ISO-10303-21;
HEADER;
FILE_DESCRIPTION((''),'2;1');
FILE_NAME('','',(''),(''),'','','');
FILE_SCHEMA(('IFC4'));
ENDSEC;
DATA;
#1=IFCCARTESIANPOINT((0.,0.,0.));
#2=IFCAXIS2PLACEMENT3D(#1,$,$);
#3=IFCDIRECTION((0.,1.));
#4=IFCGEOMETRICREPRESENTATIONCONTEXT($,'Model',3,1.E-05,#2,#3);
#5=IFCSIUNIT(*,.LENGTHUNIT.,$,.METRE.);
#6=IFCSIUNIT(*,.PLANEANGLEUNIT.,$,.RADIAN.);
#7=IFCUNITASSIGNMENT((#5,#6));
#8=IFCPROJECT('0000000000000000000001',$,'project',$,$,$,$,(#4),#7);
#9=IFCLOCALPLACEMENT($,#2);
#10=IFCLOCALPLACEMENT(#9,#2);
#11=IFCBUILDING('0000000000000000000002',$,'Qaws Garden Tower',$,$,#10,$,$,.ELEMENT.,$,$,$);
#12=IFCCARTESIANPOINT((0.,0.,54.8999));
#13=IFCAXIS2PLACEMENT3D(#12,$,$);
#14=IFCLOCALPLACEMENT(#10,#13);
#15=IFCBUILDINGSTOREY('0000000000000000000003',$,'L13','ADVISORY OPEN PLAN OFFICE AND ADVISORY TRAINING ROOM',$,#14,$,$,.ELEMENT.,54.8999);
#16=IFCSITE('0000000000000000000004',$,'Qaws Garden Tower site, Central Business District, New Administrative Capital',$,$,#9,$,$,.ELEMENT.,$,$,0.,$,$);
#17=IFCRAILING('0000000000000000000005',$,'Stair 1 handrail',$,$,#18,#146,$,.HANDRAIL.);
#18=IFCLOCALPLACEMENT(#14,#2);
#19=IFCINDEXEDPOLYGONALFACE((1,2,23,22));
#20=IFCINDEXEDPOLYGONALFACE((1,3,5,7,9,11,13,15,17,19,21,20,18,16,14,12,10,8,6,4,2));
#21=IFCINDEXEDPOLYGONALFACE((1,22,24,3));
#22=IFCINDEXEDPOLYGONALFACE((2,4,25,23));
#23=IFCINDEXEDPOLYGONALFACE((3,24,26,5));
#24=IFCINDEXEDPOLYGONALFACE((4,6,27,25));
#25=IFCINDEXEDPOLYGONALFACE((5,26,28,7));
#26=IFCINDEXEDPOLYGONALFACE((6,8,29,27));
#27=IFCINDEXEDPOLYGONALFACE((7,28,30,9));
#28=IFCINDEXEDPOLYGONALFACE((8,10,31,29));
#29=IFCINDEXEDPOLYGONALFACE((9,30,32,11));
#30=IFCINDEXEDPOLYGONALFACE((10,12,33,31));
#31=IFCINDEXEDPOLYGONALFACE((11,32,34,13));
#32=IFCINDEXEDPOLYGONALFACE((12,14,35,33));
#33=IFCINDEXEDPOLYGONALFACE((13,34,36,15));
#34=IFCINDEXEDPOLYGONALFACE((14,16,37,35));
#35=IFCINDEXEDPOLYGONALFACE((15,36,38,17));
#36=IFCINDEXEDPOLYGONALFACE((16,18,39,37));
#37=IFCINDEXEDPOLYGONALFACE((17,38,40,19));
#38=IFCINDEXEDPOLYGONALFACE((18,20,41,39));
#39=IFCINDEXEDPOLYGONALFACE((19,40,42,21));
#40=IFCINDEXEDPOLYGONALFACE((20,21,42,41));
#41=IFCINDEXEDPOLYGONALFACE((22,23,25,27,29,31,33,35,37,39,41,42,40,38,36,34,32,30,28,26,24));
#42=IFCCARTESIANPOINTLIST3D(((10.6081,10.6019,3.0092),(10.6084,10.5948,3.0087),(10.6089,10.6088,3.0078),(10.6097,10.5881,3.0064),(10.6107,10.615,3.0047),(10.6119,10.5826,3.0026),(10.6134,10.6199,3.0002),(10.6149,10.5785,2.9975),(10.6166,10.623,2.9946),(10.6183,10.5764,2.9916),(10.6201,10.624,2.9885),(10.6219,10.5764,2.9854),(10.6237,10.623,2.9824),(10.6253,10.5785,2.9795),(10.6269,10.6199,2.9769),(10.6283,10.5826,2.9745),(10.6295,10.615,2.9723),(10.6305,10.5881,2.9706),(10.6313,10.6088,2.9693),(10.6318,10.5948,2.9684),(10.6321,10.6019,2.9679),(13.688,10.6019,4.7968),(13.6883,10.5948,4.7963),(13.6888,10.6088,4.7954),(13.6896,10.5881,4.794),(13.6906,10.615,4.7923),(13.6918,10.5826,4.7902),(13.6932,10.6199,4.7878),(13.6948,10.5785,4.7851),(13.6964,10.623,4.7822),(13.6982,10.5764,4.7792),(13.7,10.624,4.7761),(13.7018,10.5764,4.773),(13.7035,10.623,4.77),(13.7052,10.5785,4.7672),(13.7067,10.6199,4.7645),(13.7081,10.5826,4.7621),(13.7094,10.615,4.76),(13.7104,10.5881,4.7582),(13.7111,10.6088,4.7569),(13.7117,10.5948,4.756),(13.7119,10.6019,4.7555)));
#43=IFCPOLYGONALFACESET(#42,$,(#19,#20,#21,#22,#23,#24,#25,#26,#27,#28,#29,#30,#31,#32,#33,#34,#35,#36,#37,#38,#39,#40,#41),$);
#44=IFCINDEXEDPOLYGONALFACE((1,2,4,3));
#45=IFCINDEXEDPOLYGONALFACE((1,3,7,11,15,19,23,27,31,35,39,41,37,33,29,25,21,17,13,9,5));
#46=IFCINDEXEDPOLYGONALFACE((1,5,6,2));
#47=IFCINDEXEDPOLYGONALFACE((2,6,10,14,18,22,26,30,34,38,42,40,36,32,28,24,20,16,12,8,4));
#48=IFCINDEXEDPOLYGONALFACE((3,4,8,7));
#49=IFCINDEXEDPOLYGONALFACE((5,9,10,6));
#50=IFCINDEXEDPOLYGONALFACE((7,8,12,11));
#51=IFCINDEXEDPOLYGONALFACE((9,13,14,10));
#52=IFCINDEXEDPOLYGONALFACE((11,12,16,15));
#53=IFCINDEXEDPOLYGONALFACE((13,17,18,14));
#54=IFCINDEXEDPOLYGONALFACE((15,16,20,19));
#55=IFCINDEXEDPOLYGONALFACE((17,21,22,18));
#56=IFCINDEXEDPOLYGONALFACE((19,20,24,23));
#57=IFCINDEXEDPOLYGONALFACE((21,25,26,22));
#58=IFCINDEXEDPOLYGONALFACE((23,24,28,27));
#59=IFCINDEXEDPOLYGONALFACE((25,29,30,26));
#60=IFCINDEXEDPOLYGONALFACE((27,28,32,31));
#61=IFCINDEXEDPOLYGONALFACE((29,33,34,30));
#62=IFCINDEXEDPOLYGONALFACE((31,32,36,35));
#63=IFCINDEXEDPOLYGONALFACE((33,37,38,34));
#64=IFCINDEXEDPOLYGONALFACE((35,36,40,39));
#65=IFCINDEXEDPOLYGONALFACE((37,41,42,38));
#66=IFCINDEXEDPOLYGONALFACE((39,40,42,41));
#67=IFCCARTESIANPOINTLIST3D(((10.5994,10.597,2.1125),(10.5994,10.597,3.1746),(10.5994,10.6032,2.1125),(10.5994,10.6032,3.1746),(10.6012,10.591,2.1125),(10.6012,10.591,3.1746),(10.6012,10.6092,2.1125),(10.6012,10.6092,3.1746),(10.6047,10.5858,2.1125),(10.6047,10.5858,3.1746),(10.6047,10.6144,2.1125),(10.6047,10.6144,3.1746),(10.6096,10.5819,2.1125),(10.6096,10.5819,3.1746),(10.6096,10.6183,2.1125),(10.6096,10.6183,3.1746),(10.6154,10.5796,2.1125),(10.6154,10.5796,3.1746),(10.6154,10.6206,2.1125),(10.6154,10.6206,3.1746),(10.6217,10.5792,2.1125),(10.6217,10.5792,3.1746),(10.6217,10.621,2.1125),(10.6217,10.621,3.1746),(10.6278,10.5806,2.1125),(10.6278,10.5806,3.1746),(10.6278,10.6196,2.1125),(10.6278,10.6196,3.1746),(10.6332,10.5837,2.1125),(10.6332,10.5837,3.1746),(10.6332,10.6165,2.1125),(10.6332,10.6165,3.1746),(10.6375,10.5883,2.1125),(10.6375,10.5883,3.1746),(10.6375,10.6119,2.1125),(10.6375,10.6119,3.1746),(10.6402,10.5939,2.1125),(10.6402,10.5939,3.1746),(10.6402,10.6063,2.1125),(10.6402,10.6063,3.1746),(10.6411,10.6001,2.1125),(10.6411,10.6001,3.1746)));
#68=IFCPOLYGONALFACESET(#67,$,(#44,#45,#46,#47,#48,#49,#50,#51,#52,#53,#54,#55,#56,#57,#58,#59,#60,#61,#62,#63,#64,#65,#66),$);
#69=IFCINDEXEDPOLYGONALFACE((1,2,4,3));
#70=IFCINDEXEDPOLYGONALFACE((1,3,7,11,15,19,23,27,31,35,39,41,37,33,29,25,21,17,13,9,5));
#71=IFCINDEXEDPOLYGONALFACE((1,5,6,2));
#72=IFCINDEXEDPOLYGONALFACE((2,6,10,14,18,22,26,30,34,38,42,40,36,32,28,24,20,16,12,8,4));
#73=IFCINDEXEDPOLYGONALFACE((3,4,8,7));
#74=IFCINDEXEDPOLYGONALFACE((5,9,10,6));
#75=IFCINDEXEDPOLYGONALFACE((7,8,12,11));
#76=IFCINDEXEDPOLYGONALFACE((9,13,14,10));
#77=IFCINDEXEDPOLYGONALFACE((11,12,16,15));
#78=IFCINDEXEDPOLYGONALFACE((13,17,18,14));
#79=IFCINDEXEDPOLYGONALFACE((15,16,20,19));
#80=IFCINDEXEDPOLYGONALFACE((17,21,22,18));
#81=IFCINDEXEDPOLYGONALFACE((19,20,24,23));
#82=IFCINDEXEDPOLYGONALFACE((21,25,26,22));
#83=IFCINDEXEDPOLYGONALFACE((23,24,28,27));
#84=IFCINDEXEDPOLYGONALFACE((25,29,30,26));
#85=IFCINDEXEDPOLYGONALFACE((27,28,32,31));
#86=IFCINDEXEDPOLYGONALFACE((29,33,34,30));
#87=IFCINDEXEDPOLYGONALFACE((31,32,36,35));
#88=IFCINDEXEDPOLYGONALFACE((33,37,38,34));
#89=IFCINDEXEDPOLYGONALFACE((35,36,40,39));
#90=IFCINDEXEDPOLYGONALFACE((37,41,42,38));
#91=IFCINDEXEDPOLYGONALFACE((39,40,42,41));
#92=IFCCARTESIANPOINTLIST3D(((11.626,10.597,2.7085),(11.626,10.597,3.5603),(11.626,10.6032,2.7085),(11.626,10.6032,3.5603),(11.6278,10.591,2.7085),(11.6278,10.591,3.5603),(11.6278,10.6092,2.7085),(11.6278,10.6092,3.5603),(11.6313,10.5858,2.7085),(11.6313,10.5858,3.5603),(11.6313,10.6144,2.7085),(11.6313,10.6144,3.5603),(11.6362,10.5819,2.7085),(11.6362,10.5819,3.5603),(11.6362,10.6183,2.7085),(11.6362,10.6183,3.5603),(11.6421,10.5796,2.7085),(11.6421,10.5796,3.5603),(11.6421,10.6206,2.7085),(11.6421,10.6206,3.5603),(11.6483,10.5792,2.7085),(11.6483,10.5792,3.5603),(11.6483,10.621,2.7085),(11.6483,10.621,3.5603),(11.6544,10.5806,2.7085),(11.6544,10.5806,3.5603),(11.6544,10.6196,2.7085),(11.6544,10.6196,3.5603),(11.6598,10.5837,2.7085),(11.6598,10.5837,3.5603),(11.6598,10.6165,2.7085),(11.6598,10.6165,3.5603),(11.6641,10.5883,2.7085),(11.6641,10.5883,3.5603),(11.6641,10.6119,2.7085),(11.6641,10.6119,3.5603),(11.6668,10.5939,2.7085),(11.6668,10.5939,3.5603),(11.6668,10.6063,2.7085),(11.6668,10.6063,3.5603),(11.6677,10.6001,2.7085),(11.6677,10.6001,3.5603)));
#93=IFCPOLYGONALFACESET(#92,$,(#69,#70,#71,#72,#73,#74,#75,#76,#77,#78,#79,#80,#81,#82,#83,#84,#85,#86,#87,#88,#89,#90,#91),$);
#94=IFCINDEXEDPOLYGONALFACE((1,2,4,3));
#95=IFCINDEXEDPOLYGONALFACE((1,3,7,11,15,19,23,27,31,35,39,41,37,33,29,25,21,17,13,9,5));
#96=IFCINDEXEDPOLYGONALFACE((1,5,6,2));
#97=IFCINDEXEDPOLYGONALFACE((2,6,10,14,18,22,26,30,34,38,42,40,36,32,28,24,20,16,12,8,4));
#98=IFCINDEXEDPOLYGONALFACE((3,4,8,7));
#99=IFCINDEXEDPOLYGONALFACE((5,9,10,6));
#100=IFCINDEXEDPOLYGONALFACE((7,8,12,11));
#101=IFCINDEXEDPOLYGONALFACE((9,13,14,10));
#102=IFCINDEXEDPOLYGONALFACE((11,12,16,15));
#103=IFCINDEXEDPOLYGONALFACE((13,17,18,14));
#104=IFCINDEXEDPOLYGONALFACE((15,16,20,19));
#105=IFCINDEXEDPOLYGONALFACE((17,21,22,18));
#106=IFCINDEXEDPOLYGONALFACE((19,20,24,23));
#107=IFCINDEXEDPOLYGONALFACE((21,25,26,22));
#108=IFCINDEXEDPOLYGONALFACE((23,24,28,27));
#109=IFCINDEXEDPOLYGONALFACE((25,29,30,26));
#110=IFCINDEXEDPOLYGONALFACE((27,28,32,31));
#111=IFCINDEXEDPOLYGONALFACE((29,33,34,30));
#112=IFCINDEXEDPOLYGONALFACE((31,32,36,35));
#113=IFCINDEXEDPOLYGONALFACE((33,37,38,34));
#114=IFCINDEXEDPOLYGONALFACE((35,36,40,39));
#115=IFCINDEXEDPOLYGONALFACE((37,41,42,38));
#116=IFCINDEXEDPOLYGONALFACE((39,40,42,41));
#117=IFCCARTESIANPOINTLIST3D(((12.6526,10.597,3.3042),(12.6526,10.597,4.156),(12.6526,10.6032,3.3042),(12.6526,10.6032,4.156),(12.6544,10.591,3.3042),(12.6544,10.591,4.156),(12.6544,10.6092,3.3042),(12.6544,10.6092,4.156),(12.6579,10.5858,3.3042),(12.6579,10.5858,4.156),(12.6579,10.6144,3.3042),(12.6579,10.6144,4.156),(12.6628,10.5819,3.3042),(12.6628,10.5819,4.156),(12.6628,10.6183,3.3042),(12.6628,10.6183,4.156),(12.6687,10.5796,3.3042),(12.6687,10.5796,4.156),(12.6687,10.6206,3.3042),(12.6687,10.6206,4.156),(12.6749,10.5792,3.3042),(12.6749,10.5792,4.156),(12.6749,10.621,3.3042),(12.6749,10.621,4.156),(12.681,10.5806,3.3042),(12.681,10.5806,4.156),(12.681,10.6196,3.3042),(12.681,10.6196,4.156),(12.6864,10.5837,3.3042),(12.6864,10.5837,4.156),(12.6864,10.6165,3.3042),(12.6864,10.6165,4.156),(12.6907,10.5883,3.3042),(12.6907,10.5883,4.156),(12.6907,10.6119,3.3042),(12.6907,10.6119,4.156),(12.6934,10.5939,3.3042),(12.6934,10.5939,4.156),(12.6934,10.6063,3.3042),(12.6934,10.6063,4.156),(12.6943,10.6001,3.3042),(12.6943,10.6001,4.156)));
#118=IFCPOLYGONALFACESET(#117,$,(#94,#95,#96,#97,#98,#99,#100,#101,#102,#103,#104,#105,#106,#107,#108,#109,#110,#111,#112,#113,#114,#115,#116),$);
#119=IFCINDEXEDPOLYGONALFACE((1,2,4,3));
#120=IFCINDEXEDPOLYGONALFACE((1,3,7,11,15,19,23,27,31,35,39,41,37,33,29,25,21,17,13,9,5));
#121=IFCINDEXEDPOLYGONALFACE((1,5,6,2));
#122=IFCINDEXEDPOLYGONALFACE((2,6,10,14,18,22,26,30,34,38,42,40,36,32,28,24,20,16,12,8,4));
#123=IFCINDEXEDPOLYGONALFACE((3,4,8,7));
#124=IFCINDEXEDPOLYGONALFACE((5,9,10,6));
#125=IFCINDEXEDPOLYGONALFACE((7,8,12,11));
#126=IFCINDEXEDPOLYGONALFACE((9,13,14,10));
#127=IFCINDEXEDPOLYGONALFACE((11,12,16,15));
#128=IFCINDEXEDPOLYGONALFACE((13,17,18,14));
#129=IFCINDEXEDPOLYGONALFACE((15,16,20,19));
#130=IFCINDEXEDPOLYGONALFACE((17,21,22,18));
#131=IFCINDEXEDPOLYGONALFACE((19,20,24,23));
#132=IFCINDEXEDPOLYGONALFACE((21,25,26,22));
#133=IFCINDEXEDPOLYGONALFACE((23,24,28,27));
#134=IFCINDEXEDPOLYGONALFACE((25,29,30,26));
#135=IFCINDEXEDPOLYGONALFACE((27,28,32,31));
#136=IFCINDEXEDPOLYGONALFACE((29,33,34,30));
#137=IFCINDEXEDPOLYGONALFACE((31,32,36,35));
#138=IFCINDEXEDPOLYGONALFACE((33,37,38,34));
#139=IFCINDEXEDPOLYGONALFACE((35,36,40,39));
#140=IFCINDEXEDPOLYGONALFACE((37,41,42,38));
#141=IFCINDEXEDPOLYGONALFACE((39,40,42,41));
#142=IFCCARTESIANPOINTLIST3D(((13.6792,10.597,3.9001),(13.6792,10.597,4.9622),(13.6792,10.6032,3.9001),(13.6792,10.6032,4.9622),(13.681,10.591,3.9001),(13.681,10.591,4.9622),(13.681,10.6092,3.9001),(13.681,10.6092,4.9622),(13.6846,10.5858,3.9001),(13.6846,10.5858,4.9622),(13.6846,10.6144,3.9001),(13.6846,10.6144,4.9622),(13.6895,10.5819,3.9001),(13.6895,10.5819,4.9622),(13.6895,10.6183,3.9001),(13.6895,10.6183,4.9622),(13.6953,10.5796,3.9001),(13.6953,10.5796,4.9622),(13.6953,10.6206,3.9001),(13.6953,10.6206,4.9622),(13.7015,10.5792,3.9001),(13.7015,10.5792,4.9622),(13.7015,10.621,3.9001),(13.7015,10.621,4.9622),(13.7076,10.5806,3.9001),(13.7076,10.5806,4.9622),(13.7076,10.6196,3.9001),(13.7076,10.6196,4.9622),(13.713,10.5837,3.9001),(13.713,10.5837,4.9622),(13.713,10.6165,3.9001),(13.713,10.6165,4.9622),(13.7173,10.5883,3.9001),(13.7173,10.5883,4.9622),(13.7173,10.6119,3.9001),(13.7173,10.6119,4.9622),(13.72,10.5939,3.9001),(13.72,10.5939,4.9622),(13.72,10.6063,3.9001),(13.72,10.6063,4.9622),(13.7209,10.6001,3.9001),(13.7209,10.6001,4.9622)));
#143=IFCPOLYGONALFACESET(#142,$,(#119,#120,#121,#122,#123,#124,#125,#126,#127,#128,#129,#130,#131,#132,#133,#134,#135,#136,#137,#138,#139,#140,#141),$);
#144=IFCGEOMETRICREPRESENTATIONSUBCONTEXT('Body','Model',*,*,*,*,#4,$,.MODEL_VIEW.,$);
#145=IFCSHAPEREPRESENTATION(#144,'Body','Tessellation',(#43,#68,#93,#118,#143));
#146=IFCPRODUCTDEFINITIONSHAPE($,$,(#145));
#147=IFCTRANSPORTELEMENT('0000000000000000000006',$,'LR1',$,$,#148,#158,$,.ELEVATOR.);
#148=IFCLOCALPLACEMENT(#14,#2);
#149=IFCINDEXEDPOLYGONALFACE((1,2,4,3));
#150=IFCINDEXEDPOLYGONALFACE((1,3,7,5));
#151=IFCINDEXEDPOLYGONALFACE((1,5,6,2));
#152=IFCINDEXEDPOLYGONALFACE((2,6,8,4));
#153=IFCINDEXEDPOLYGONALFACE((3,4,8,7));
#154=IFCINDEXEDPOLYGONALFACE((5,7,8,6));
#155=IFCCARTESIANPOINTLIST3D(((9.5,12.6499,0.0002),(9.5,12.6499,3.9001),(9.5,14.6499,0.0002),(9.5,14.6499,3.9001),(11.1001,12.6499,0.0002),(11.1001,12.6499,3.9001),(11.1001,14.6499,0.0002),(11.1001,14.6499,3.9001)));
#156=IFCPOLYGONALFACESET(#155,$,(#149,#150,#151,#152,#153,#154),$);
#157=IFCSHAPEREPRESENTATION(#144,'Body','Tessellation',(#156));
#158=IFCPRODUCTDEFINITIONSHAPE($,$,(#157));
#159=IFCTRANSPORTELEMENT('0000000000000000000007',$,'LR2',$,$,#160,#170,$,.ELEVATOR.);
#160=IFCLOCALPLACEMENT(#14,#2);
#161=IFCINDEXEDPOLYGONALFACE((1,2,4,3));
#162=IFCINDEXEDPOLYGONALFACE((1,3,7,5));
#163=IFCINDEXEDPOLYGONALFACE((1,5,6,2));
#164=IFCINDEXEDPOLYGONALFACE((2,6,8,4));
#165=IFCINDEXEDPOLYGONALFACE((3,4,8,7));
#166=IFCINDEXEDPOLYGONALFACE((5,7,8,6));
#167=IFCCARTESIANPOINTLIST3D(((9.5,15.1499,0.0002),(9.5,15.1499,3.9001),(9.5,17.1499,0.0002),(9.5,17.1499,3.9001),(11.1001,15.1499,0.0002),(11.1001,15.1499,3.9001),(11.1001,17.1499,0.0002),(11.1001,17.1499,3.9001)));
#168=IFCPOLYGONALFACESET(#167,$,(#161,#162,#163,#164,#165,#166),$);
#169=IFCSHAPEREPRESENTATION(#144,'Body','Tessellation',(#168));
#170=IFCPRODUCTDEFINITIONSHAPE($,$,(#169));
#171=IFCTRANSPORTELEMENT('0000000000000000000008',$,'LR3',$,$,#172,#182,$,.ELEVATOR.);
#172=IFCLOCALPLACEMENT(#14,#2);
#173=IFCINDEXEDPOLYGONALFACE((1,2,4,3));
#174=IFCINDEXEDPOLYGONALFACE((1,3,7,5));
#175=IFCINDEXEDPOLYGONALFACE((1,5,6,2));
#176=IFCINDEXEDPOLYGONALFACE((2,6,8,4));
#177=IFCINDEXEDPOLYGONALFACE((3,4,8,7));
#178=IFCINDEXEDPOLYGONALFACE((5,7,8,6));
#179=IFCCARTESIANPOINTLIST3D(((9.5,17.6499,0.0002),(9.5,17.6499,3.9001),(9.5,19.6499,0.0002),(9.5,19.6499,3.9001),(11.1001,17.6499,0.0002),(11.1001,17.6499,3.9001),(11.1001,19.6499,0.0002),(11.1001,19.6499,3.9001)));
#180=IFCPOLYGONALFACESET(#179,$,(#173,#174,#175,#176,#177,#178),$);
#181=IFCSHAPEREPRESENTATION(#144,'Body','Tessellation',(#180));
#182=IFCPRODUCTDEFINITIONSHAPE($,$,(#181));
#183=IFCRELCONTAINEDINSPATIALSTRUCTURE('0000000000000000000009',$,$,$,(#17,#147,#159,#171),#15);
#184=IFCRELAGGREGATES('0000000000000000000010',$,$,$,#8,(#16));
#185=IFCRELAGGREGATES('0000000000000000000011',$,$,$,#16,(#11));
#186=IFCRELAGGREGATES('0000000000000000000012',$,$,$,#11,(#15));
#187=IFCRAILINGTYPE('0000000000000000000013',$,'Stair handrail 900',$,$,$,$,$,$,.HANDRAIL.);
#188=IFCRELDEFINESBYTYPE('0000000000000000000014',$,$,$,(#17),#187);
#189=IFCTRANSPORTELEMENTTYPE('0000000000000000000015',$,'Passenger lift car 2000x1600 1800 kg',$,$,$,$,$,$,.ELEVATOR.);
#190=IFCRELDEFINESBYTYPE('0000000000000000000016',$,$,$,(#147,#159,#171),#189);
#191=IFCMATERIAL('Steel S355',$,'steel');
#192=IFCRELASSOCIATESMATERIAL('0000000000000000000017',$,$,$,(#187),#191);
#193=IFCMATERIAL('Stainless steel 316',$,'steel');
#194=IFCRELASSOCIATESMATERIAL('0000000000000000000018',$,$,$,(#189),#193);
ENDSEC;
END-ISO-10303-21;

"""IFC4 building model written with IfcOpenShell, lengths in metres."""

from ifc_helpers import new_model, si_unit, direction, frame, origin, origin_2d, place, context, subcontext, project, spatial, rectangle, circle, extrude, material, type_object, element, save


model = new_model("IFC4")

# Units and contexts
model_context = context("Model", 3, precision=1e-05, world=origin(), true_north=direction((0.0, 1.0)))
body_context = subcontext(model_context, "Body", "Model", "MODEL_VIEW")
ifc_project = project(units=[si_unit("LENGTHUNIT", "METRE"), si_unit("PLANEANGLEUNIT", "RADIAN")], contexts=[model_context])

# Site, building, storey
site_placement = place(None, origin())
site = spatial("IfcSite", under=ifc_project, at=site_placement, Name="Qaws Garden Tower site, Central Business District, New Administrative Capital", CompositionType="ELEMENT", RefElevation=0.0)
building_placement = place(site_placement, origin())
building = spatial("IfcBuilding", under=site, at=building_placement, Name="Qaws Garden Tower", CompositionType="ELEMENT")
storey_placement = place(building_placement, frame((0.0, 0.0, 54.8999)))
storey = spatial("IfcBuildingStorey", under=building, at=storey_placement, Name="L13", Description="ADVISORY OPEN PLAN OFFICE AND ADVISORY TRAINING ROOM", CompositionType="ELEMENT", Elevation=54.8999)

# Railing
ifc_material_1 = material(Name="Steel S355", Category="steel")
railing_type = type_object("IfcRailingType", Name="Stair handrail 900", PredefinedType="HANDRAIL", material=ifc_material_1)
railing_1_placement = place(storey_placement, frame((10.6201, 10.6001, 2.1125)))
element("IfcRailing", 1, at=railing_1_placement, inside=storey, type_object=railing_type, Name="Stair 1 handrail", PredefinedType="HANDRAIL", context=body_context, shape_type="SweptSolid", body=[
    extrude(circle(Radius=0.0239, at=origin_2d()), frame((0.0, 0.0, 0.876), z_axis=(0.864873, 0.0, 0.50199), x_axis=(0.0, 1.0, 0.0)), (0.0, 0.0, 1.0), 3.561),
    extrude(circle(Radius=0.021, at=origin_2d()), origin(), (0.0, 0.0, 1.0), 1.062),
    extrude(circle(Radius=0.021, at=origin_2d()), frame((1.0266, 0.0, 0.5959)), (0.0, 0.0, 1.0), 0.8518),
    extrude(circle(Radius=0.021, at=origin_2d()), frame((2.0532, 0.0, 1.1917)), (0.0, 0.0, 1.0), 0.8518),
    extrude(circle(Radius=0.021, at=origin_2d()), frame((3.0798, 0.0, 1.7876)), (0.0, 0.0, 1.0), 1.062),
])

# Transport elements
ifc_material_2 = material(Name="Stainless steel 316", Category="steel")
transport_element_type = type_object("IfcTransportElementType", Name="Passenger lift car 2000x1600 1800 kg", PredefinedType="ELEVATOR", material=ifc_material_2)
for number, where, z_axis, x_axis, name in (
    (2, (10.3, 13.6499, 0.0002), (0.0, 0.0, 1.0), (1.0, 0.0, 0.0), "LR1"),
    (3, (10.3, 16.1499, 0.0002), (0.0, 0.0, 1.0), (1.0, 0.0, 0.0), "LR2"),
    (4, (10.3, 18.6499, 0.0002), (0.0, 0.0, 1.0), (1.0, 0.0, 0.0), "LR3"),
):
    element("IfcTransportElement", number, at=place(storey_placement, frame(where, z_axis=z_axis, x_axis=x_axis)), inside=storey, type_object=transport_element_type, Name=name, PredefinedType="ELEVATOR", context=body_context, shape_type="SweptSolid", body=[
        extrude(rectangle(XDim=1.6001, YDim=2.0, at=origin_2d()), origin(), (0.0, 0.0, 1.0), 3.8999),
    ])

save(model, "model.ifc")
